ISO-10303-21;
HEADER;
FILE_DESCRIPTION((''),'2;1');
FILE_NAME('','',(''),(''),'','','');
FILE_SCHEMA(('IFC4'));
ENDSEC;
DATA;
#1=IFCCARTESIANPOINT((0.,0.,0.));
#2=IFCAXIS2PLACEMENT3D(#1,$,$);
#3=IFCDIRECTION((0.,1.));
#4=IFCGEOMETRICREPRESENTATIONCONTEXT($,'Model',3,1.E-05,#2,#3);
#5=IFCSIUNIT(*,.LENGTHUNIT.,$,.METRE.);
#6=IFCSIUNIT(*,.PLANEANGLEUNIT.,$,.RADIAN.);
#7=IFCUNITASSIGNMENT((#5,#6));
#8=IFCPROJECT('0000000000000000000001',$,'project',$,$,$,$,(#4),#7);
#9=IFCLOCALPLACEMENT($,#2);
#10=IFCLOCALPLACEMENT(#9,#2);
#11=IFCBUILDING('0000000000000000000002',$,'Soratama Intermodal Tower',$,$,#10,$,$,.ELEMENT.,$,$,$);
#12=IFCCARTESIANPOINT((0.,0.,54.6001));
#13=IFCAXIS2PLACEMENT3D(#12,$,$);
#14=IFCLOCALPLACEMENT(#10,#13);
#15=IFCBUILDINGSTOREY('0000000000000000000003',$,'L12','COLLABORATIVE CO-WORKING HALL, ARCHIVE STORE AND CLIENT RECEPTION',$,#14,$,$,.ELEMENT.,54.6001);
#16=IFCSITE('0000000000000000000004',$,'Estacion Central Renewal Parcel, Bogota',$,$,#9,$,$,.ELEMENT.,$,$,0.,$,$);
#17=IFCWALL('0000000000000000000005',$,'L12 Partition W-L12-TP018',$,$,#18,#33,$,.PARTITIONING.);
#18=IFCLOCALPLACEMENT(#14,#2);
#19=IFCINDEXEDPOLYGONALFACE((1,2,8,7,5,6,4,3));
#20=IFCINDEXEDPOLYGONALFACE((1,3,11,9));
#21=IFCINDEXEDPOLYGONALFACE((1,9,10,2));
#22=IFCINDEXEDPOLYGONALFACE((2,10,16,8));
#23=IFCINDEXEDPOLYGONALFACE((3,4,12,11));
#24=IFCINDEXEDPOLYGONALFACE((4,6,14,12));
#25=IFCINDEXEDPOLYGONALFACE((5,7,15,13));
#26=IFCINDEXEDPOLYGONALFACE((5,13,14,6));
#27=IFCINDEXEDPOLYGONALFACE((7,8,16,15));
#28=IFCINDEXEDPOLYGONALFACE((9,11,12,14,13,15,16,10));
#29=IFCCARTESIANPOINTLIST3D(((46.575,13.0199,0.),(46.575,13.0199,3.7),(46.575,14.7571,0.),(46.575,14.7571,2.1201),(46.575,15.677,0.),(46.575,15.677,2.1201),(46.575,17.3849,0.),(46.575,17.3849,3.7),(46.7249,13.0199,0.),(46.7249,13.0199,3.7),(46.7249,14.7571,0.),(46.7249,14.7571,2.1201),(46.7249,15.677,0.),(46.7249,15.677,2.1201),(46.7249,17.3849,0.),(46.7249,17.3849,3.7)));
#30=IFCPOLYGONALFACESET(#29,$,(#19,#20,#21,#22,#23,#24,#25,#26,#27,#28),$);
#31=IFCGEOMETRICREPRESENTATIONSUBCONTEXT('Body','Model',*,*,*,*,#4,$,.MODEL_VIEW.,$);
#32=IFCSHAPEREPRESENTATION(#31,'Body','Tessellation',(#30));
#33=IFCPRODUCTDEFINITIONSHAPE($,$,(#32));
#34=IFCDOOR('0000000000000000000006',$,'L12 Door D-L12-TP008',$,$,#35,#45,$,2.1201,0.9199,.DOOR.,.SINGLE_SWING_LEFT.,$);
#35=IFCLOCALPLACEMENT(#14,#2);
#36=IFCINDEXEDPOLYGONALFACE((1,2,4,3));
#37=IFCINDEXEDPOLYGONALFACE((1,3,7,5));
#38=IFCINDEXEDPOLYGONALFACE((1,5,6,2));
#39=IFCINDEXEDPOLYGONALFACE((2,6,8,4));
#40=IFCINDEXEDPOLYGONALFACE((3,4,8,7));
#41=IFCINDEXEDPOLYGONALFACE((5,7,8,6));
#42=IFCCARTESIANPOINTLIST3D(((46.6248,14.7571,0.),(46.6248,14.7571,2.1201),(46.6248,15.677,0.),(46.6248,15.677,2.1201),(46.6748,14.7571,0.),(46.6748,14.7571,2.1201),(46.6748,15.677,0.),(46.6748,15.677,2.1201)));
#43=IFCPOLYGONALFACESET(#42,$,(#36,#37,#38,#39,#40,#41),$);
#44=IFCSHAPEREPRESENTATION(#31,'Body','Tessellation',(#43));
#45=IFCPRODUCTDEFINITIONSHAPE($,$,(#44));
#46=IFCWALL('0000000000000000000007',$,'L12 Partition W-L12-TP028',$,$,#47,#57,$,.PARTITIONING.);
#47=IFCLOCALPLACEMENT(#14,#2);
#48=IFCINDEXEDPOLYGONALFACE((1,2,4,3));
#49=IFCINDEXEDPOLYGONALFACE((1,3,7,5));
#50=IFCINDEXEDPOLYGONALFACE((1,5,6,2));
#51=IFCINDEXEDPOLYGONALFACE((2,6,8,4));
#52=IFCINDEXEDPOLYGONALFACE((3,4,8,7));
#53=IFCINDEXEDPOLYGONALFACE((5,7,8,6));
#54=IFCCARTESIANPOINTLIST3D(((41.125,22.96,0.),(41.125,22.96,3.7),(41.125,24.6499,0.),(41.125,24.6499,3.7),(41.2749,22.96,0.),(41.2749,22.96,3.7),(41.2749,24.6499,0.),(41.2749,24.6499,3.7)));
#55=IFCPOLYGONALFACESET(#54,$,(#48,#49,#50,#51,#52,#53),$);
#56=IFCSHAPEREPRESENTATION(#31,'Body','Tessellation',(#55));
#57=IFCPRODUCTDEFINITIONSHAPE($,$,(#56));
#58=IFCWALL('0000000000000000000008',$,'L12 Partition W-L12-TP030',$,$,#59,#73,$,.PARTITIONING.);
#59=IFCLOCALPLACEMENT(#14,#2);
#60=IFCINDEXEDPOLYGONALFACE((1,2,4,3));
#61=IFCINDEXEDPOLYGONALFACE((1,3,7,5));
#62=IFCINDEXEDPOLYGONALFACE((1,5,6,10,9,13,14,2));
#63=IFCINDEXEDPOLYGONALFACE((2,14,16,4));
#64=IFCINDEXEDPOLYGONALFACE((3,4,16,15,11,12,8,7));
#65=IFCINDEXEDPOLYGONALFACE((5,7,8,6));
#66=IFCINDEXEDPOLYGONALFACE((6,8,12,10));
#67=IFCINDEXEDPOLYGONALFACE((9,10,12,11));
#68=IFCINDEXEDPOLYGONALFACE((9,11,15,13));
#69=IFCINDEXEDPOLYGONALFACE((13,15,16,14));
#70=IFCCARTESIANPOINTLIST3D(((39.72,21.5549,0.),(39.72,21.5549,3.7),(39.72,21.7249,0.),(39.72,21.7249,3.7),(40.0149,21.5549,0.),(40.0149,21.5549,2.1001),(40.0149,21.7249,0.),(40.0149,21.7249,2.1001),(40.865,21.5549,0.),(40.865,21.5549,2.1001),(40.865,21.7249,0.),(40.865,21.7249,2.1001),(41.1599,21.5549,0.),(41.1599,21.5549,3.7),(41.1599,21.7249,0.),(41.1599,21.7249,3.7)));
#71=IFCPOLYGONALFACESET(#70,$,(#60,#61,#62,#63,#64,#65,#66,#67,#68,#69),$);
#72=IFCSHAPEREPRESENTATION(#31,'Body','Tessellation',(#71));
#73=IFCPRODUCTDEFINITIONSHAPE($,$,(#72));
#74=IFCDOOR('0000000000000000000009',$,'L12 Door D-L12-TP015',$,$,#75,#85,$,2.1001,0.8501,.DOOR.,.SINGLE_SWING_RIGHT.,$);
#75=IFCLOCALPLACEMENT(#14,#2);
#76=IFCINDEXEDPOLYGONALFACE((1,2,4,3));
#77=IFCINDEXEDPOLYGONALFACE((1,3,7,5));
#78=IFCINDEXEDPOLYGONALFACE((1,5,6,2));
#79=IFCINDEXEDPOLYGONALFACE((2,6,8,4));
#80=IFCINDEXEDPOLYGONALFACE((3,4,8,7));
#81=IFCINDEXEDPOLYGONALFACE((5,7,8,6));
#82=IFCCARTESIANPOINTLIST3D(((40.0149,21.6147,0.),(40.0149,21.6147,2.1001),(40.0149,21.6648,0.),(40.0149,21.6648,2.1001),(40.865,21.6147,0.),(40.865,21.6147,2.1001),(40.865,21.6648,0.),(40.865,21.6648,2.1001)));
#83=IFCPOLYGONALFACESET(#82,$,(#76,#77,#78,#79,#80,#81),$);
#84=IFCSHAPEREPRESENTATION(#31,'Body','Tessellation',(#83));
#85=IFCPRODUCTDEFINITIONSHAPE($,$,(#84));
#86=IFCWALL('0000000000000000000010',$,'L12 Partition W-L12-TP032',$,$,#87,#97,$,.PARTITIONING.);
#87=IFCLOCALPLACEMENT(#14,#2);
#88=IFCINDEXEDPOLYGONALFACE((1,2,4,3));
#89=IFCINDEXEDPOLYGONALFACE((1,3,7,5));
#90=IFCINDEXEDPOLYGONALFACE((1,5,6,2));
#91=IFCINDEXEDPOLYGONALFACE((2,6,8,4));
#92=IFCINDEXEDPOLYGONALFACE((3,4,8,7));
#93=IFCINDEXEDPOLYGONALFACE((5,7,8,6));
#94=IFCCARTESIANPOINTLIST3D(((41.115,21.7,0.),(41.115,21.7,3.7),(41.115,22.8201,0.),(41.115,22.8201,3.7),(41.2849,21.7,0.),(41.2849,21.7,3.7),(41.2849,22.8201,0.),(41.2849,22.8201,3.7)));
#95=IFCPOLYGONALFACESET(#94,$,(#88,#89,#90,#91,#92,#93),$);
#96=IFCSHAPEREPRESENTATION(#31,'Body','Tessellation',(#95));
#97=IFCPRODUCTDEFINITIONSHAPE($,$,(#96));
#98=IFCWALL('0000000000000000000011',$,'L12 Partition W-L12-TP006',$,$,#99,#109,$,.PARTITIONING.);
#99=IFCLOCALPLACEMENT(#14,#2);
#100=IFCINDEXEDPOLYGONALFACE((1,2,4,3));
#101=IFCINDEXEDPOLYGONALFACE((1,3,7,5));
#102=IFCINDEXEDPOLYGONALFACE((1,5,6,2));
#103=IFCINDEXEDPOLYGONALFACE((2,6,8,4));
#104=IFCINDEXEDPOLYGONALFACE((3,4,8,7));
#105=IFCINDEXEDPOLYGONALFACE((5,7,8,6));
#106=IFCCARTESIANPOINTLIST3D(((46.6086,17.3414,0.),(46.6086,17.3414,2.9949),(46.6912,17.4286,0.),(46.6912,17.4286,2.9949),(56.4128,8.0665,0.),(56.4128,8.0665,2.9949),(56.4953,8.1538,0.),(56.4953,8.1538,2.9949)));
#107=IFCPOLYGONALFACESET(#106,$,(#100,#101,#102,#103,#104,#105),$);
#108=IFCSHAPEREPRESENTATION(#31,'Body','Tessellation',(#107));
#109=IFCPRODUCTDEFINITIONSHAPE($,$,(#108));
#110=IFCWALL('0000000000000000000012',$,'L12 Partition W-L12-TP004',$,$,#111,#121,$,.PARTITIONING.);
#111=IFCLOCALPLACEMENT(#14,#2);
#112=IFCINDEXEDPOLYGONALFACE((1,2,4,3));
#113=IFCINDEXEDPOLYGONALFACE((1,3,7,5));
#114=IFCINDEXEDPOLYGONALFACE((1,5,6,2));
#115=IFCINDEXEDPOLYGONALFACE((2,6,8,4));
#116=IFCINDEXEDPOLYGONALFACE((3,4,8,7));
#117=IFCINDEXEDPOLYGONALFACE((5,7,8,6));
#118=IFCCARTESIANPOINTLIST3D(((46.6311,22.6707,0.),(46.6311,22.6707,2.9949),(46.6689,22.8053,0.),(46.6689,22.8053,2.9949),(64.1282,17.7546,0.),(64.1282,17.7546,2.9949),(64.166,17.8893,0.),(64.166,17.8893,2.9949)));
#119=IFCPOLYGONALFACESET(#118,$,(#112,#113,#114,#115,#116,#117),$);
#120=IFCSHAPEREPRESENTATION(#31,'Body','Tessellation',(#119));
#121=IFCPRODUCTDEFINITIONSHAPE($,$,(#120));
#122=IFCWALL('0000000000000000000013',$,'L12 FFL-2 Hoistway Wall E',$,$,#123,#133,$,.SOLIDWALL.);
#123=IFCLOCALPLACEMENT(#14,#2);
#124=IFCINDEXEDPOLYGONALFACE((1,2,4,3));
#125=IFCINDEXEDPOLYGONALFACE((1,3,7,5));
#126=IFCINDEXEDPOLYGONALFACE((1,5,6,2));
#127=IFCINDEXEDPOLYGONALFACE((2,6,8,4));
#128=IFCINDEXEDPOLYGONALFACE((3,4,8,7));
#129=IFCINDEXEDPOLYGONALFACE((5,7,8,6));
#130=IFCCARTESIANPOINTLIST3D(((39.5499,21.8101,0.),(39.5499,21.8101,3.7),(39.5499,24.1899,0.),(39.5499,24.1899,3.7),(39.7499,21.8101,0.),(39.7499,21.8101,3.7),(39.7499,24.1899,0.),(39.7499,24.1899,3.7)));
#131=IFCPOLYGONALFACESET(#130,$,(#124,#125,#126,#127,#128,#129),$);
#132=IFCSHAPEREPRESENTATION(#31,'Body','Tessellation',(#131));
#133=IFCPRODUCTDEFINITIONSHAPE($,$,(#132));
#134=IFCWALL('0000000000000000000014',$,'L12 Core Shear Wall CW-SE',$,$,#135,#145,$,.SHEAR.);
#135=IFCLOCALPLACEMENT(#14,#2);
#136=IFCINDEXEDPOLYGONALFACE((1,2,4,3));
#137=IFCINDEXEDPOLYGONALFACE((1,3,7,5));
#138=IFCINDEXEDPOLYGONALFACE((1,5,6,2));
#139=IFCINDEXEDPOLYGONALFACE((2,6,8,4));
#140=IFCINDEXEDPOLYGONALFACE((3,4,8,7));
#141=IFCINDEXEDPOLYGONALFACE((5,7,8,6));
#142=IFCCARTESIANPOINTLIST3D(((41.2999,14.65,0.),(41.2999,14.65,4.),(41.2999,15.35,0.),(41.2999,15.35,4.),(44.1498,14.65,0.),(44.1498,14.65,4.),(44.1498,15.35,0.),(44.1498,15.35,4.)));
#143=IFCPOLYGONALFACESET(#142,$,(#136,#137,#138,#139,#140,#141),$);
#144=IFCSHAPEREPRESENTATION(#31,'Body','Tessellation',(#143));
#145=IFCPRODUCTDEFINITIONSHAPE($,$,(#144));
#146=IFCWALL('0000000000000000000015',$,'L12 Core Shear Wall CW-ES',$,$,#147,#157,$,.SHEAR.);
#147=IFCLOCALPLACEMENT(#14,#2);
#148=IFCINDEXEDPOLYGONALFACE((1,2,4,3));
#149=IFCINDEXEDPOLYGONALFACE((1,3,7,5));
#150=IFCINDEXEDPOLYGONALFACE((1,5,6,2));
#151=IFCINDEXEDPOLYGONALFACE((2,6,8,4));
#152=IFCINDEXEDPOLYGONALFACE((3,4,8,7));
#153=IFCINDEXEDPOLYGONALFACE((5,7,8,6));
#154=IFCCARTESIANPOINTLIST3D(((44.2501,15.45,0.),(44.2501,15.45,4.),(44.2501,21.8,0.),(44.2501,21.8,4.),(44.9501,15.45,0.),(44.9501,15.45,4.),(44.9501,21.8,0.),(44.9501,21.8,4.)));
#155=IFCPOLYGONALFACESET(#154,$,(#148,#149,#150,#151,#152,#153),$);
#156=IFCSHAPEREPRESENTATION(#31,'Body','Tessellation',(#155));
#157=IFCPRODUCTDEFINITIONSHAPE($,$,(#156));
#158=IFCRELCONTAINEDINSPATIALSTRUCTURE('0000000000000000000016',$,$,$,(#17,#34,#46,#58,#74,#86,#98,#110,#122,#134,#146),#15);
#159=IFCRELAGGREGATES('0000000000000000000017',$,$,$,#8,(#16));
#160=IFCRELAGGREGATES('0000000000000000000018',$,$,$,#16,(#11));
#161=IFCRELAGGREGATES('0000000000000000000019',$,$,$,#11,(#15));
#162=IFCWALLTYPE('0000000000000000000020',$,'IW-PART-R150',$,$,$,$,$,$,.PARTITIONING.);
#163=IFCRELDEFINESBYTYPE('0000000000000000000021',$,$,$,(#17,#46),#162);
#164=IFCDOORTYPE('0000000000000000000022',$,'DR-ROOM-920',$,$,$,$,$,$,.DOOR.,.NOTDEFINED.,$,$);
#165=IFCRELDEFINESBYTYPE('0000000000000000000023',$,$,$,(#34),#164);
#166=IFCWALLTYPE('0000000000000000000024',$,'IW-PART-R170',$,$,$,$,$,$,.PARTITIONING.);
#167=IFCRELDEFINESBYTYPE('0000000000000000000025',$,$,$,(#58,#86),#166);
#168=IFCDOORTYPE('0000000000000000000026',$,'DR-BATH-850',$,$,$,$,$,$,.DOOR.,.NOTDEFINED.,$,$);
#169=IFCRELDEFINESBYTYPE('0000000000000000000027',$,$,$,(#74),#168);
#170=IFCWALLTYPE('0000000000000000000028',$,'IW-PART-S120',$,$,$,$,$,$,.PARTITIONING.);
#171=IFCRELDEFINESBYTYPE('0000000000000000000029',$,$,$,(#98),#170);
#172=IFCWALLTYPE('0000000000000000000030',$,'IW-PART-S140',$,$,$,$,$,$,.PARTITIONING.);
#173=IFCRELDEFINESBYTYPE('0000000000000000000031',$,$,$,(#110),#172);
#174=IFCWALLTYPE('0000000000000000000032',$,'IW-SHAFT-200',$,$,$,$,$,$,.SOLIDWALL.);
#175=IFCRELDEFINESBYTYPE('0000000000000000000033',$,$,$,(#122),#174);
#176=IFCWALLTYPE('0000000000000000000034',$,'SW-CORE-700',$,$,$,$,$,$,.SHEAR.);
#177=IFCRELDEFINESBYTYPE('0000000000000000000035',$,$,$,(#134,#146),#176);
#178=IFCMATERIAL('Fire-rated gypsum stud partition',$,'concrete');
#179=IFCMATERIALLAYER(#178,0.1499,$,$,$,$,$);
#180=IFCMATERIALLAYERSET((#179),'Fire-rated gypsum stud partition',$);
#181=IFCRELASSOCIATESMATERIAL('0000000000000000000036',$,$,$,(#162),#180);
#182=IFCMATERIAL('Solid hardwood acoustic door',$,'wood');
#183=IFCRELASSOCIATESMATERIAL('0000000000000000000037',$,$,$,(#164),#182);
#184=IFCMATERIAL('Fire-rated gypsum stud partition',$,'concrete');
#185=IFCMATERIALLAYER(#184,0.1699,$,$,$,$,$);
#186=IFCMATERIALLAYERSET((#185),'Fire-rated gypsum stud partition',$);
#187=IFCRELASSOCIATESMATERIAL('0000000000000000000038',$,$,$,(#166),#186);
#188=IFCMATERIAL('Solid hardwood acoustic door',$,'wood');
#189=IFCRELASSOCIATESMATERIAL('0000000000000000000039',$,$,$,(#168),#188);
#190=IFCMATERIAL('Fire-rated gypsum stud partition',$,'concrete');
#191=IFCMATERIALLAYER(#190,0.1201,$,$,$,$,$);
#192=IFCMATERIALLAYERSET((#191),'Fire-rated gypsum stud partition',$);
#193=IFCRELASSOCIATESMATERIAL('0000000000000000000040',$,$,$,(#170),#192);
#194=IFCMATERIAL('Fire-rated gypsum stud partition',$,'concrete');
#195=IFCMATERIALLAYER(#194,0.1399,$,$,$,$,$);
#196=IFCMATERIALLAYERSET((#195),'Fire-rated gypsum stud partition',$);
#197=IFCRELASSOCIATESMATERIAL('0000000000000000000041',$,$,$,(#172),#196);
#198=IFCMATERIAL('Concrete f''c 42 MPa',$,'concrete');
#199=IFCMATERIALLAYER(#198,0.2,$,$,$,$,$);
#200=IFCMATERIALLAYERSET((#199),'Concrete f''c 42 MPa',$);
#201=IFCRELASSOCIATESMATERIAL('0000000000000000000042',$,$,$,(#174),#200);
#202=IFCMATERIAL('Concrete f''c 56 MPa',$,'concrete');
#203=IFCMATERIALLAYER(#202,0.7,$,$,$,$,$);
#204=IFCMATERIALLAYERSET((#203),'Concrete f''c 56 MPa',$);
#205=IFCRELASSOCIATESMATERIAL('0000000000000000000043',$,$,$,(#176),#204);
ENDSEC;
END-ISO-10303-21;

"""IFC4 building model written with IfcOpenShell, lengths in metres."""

from ifc_helpers import new_model, si_unit, direction, frame, frame_2d, origin, place, context, subcontext, project, spatial, rectangle, extrude, material, layer, layer_set, type_object, element, fill, save


model = new_model("IFC4")

# Units and contexts
model_context = context("Model", 3, precision=1e-05, world=origin(), true_north=direction((0.0, 1.0)))
body_context = subcontext(model_context, "Body", "Model", "MODEL_VIEW")
ifc_project = project(units=[si_unit("LENGTHUNIT", "METRE"), si_unit("PLANEANGLEUNIT", "RADIAN")], contexts=[model_context])

# Site, building, storey
site_placement = place(None, origin())
site = spatial("IfcSite", under=ifc_project, at=site_placement, Name="Estacion Central Renewal Parcel, Bogota", CompositionType="ELEMENT", RefElevation=0.0)
building_placement = place(site_placement, origin())
building = spatial("IfcBuilding", under=site, at=building_placement, Name="Soratama Intermodal Tower", CompositionType="ELEMENT")
storey_placement = place(building_placement, frame((0.0, 0.0, 54.6001)))
storey = spatial("IfcBuildingStorey", under=building, at=storey_placement, Name="L12", Description="COLLABORATIVE CO-WORKING HALL, ARCHIVE STORE AND CLIENT RECEPTION", CompositionType="ELEMENT", Elevation=54.6001)

# Wall, opening, door
ifc_material_1 = material(Name="Fire-rated gypsum stud partition", Category="concrete")
ifc_layer_1 = layer(ifc_material_1, 0.1499)
ifc_layer_set_1 = layer_set([ifc_layer_1], Name="Fire-rated gypsum stud partition")
wall_type_1 = type_object("IfcWallType", Name="IW-PART-R150", PredefinedType="PARTITIONING", material=ifc_layer_set_1)
ifc_material_2 = material(Name="Solid hardwood acoustic door", Category="wood")
door_type_1 = type_object("IfcDoorType", Name="DR-ROOM-920", OperationType="NOTDEFINED", PredefinedType="DOOR", material=ifc_material_2)
wall_1_placement = place(storey_placement, frame((46.6499, 17.385, 0.0), z_axis=(0.0, 0.0, 1.0), x_axis=(0.0, -1.0, 0.0)))
wall_1 = element("IfcWall", 1, at=wall_1_placement, inside=storey, type_object=wall_type_1, Name="L12 Partition W-L12-TP018", PredefinedType="PARTITIONING", context=body_context, shape_type="SweptSolid", body=[
    extrude(rectangle(XDim=4.365, YDim=0.1499, at=frame_2d((2.1826, 0.0))), origin(), (0.0, 0.0, 1.0), 3.7),
])
opening_1_placement = place(wall_1_placement, frame((1.708, 0.0, 0.0)))
opening_1 = element("IfcOpeningElement", 2, at=opening_1_placement, cuts=wall_1, PredefinedType="OPENING", context=body_context, shape_type="SweptSolid", body=[
    extrude(rectangle(XDim=0.9199, YDim=2.1201, at=frame_2d((0.46, 1.0601))), frame((0.0, 0.085, 0.0), z_axis=(0.0, -1.0, 0.0), x_axis=(1.0, 0.0, 0.0)), (0.0, 0.0, 1.0), 0.1699),
])
door_1_placement = place(opening_1_placement, origin())
door_1 = element("IfcDoor", 3, at=door_1_placement, inside=storey, type_object=door_type_1, Name="L12 Door D-L12-TP008", OperationType="SINGLE_SWING_LEFT", OverallHeight=2.1201, OverallWidth=0.9199, PredefinedType="DOOR", context=body_context, shape_type="SweptSolid", body=[
    extrude(rectangle(XDim=0.9199, YDim=2.1201, at=frame_2d((0.46, 1.0601))), frame((0.0, 0.0249, 0.0), z_axis=(0.0, -1.0, 0.0), x_axis=(1.0, 0.0, 0.0)), (0.0, 0.0, 1.0), 0.05),
])
fill(opening_1, door_1)

# Wall
wall_2_placement = place(storey_placement, frame((41.2, 22.96, 0.0), z_axis=(0.0, 0.0, 1.0), x_axis=(0.0, 1.0, 0.0)))
element("IfcWall", 4, at=wall_2_placement, inside=storey, type_object=wall_type_1, Name="L12 Partition W-L12-TP028", PredefinedType="PARTITIONING", context=body_context, shape_type="SweptSolid", body=[
    extrude(rectangle(XDim=1.6899, YDim=0.1499, at=frame_2d((0.845, 0.0))), origin(), (0.0, 0.0, 1.0), 3.7),
])

# Wall, opening, door
ifc_material_3 = material(Name="Fire-rated gypsum stud partition", Category="concrete")
ifc_layer_2 = layer(ifc_material_3, 0.1699)
ifc_layer_set_2 = layer_set([ifc_layer_2], Name="Fire-rated gypsum stud partition")
wall_type_2 = type_object("IfcWallType", Name="IW-PART-R170", PredefinedType="PARTITIONING", material=ifc_layer_set_2)
wall_3_placement = place(storey_placement, frame((39.72, 21.6399, 0.0), z_axis=(0.0, 0.0, 1.0), x_axis=(1.0, 0.0, 0.0)))
wall_3 = element("IfcWall", 5, at=wall_3_placement, inside=storey, type_object=wall_type_2, Name="L12 Partition W-L12-TP030", PredefinedType="PARTITIONING", context=body_context, shape_type="SweptSolid", body=[
    extrude(rectangle(XDim=1.4399, YDim=0.1699, at=frame_2d((0.72, 0.0))), origin(), (0.0, 0.0, 1.0), 3.7),
])
opening_2_placement = place(wall_3_placement, frame((0.2949, 0.0, 0.0)))
opening_2 = element("IfcOpeningElement", 6, at=opening_2_placement, cuts=wall_3, PredefinedType="OPENING", context=body_context, shape_type="SweptSolid", body=[
    extrude(rectangle(XDim=0.8501, YDim=2.1001, at=frame_2d((0.425, 1.05))), frame((0.0, 0.095, 0.0), z_axis=(0.0, -1.0, 0.0), x_axis=(1.0, 0.0, 0.0)), (0.0, 0.0, 1.0), 0.1899),
])
ifc_material_4 = material(Name="Solid hardwood acoustic door", Category="wood")
door_type_2 = type_object("IfcDoorType", Name="DR-BATH-850", OperationType="NOTDEFINED", PredefinedType="DOOR", material=ifc_material_4)
door_2_placement = place(opening_2_placement, origin())
door_2 = element("IfcDoor", 7, at=door_2_placement, inside=storey, type_object=door_type_2, Name="L12 Door D-L12-TP015", OperationType="SINGLE_SWING_RIGHT", OverallHeight=2.1001, OverallWidth=0.8501, PredefinedType="DOOR", context=body_context, shape_type="SweptSolid", body=[
    extrude(rectangle(XDim=0.8501, YDim=2.1001, at=frame_2d((0.425, 1.05))), frame((0.0, 0.0249, 0.0), z_axis=(0.0, -1.0, 0.0), x_axis=(1.0, 0.0, 0.0)), (0.0, 0.0, 1.0), 0.05),
])
fill(opening_2, door_2)

# Walls
wall_4_placement = place(storey_placement, frame((41.2, 21.7, 0.0), z_axis=(0.0, 0.0, 1.0), x_axis=(0.0, 1.0, 0.0)))
element("IfcWall", 8, at=wall_4_placement, inside=storey, type_object=wall_type_2, Name="L12 Partition W-L12-TP032", PredefinedType="PARTITIONING", context=body_context, shape_type="SweptSolid", body=[
    extrude(rectangle(XDim=1.1201, YDim=0.1699, at=frame_2d((0.5601, 0.0))), origin(), (0.0, 0.0, 1.0), 3.7),
])
ifc_material_5 = material(Name="Fire-rated gypsum stud partition", Category="concrete")
ifc_layer_3 = layer(ifc_material_5, 0.1201)
ifc_layer_set_3 = layer_set([ifc_layer_3], Name="Fire-rated gypsum stud partition")
wall_type_3 = type_object("IfcWallType", Name="IW-PART-S120", PredefinedType="PARTITIONING", material=ifc_layer_set_3)
wall_5_placement = place(storey_placement, frame((46.6499, 17.385, 0.0), z_axis=(0.0, 0.0, 1.0), x_axis=(0.726444, -0.687226, 0.0)))
element("IfcWall", 9, at=wall_5_placement, inside=storey, type_object=wall_type_3, Name="L12 Partition W-L12-TP006", PredefinedType="PARTITIONING", context=body_context, shape_type="SweptSolid", body=[
    extrude(rectangle(XDim=13.4961, YDim=0.1201, at=frame_2d((6.748, 0.0))), origin(), (0.0, 0.0, 1.0), 2.9949),
])
ifc_material_6 = material(Name="Fire-rated gypsum stud partition", Category="concrete")
ifc_layer_4 = layer(ifc_material_6, 0.1399)
ifc_layer_set_4 = layer_set([ifc_layer_4], Name="Fire-rated gypsum stud partition")
wall_type_4 = type_object("IfcWallType", Name="IW-PART-S140", PredefinedType="PARTITIONING", material=ifc_layer_set_4)
wall_6_placement = place(storey_placement, frame((46.6499, 22.738, 0.0), z_axis=(0.0, 0.0, 1.0), x_axis=(0.962723, -0.270489, 0.0)))
element("IfcWall", 10, at=wall_6_placement, inside=storey, type_object=wall_type_4, Name="L12 Partition W-L12-TP004", PredefinedType="PARTITIONING", context=body_context, shape_type="SweptSolid", body=[
    extrude(rectangle(XDim=18.1746, YDim=0.1399, at=frame_2d((9.0874, 0.0))), origin(), (0.0, 0.0, 1.0), 2.9949),
])
ifc_material_7 = material(Name="Concrete f'c 42 MPa", Category="concrete")
ifc_layer_5 = layer(ifc_material_7, 0.2)
ifc_layer_set_5 = layer_set([ifc_layer_5], Name="Concrete f'c 42 MPa")
wall_type_5 = type_object("IfcWallType", Name="IW-SHAFT-200", PredefinedType="SOLIDWALL", material=ifc_layer_set_5)
wall_7_placement = place(storey_placement, frame((39.6499, 21.8101, 0.0), z_axis=(0.0, 0.0, 1.0), x_axis=(0.0, 1.0, 0.0)))
element("IfcWall", 11, at=wall_7_placement, inside=storey, type_object=wall_type_5, Name="L12 FFL-2 Hoistway Wall E", PredefinedType="SOLIDWALL", context=body_context, shape_type="SweptSolid", body=[
    extrude(rectangle(XDim=2.3799, YDim=0.2, at=frame_2d((1.1899, 0.0))), origin(), (0.0, 0.0, 1.0), 3.7),
])
ifc_material_8 = material(Name="Concrete f'c 56 MPa", Category="concrete")
ifc_layer_6 = layer(ifc_material_8, 0.7)
ifc_layer_set_6 = layer_set([ifc_layer_6], Name="Concrete f'c 56 MPa")
wall_type_6 = type_object("IfcWallType", Name="SW-CORE-700", PredefinedType="SHEAR", material=ifc_layer_set_6)
wall_8_placement = place(storey_placement, frame((41.3, 15.0, 0.0), z_axis=(0.0, 0.0, 1.0), x_axis=(1.0, 0.0, 0.0)))
element("IfcWall", 12, at=wall_8_placement, inside=storey, type_object=wall_type_6, Name="L12 Core Shear Wall CW-SE", PredefinedType="SHEAR", context=body_context, shape_type="SweptSolid", body=[
    extrude(rectangle(XDim=2.8499, YDim=0.7, at=frame_2d((1.4248, 0.0))), origin(), (0.0, 0.0, 1.0), 4.0),
])
wall_9_placement = place(storey_placement, frame((44.6001, 15.45, 0.0), z_axis=(0.0, 0.0, 1.0), x_axis=(0.0, 1.0, 0.0)))
element("IfcWall", 13, at=wall_9_placement, inside=storey, type_object=wall_type_6, Name="L12 Core Shear Wall CW-ES", PredefinedType="SHEAR", context=body_context, shape_type="SweptSolid", body=[
    extrude(rectangle(XDim=6.3501, YDim=0.7, at=frame_2d((3.175, 0.0))), origin(), (0.0, 0.0, 1.0), 4.0),
])

save(model, "model.ifc")
